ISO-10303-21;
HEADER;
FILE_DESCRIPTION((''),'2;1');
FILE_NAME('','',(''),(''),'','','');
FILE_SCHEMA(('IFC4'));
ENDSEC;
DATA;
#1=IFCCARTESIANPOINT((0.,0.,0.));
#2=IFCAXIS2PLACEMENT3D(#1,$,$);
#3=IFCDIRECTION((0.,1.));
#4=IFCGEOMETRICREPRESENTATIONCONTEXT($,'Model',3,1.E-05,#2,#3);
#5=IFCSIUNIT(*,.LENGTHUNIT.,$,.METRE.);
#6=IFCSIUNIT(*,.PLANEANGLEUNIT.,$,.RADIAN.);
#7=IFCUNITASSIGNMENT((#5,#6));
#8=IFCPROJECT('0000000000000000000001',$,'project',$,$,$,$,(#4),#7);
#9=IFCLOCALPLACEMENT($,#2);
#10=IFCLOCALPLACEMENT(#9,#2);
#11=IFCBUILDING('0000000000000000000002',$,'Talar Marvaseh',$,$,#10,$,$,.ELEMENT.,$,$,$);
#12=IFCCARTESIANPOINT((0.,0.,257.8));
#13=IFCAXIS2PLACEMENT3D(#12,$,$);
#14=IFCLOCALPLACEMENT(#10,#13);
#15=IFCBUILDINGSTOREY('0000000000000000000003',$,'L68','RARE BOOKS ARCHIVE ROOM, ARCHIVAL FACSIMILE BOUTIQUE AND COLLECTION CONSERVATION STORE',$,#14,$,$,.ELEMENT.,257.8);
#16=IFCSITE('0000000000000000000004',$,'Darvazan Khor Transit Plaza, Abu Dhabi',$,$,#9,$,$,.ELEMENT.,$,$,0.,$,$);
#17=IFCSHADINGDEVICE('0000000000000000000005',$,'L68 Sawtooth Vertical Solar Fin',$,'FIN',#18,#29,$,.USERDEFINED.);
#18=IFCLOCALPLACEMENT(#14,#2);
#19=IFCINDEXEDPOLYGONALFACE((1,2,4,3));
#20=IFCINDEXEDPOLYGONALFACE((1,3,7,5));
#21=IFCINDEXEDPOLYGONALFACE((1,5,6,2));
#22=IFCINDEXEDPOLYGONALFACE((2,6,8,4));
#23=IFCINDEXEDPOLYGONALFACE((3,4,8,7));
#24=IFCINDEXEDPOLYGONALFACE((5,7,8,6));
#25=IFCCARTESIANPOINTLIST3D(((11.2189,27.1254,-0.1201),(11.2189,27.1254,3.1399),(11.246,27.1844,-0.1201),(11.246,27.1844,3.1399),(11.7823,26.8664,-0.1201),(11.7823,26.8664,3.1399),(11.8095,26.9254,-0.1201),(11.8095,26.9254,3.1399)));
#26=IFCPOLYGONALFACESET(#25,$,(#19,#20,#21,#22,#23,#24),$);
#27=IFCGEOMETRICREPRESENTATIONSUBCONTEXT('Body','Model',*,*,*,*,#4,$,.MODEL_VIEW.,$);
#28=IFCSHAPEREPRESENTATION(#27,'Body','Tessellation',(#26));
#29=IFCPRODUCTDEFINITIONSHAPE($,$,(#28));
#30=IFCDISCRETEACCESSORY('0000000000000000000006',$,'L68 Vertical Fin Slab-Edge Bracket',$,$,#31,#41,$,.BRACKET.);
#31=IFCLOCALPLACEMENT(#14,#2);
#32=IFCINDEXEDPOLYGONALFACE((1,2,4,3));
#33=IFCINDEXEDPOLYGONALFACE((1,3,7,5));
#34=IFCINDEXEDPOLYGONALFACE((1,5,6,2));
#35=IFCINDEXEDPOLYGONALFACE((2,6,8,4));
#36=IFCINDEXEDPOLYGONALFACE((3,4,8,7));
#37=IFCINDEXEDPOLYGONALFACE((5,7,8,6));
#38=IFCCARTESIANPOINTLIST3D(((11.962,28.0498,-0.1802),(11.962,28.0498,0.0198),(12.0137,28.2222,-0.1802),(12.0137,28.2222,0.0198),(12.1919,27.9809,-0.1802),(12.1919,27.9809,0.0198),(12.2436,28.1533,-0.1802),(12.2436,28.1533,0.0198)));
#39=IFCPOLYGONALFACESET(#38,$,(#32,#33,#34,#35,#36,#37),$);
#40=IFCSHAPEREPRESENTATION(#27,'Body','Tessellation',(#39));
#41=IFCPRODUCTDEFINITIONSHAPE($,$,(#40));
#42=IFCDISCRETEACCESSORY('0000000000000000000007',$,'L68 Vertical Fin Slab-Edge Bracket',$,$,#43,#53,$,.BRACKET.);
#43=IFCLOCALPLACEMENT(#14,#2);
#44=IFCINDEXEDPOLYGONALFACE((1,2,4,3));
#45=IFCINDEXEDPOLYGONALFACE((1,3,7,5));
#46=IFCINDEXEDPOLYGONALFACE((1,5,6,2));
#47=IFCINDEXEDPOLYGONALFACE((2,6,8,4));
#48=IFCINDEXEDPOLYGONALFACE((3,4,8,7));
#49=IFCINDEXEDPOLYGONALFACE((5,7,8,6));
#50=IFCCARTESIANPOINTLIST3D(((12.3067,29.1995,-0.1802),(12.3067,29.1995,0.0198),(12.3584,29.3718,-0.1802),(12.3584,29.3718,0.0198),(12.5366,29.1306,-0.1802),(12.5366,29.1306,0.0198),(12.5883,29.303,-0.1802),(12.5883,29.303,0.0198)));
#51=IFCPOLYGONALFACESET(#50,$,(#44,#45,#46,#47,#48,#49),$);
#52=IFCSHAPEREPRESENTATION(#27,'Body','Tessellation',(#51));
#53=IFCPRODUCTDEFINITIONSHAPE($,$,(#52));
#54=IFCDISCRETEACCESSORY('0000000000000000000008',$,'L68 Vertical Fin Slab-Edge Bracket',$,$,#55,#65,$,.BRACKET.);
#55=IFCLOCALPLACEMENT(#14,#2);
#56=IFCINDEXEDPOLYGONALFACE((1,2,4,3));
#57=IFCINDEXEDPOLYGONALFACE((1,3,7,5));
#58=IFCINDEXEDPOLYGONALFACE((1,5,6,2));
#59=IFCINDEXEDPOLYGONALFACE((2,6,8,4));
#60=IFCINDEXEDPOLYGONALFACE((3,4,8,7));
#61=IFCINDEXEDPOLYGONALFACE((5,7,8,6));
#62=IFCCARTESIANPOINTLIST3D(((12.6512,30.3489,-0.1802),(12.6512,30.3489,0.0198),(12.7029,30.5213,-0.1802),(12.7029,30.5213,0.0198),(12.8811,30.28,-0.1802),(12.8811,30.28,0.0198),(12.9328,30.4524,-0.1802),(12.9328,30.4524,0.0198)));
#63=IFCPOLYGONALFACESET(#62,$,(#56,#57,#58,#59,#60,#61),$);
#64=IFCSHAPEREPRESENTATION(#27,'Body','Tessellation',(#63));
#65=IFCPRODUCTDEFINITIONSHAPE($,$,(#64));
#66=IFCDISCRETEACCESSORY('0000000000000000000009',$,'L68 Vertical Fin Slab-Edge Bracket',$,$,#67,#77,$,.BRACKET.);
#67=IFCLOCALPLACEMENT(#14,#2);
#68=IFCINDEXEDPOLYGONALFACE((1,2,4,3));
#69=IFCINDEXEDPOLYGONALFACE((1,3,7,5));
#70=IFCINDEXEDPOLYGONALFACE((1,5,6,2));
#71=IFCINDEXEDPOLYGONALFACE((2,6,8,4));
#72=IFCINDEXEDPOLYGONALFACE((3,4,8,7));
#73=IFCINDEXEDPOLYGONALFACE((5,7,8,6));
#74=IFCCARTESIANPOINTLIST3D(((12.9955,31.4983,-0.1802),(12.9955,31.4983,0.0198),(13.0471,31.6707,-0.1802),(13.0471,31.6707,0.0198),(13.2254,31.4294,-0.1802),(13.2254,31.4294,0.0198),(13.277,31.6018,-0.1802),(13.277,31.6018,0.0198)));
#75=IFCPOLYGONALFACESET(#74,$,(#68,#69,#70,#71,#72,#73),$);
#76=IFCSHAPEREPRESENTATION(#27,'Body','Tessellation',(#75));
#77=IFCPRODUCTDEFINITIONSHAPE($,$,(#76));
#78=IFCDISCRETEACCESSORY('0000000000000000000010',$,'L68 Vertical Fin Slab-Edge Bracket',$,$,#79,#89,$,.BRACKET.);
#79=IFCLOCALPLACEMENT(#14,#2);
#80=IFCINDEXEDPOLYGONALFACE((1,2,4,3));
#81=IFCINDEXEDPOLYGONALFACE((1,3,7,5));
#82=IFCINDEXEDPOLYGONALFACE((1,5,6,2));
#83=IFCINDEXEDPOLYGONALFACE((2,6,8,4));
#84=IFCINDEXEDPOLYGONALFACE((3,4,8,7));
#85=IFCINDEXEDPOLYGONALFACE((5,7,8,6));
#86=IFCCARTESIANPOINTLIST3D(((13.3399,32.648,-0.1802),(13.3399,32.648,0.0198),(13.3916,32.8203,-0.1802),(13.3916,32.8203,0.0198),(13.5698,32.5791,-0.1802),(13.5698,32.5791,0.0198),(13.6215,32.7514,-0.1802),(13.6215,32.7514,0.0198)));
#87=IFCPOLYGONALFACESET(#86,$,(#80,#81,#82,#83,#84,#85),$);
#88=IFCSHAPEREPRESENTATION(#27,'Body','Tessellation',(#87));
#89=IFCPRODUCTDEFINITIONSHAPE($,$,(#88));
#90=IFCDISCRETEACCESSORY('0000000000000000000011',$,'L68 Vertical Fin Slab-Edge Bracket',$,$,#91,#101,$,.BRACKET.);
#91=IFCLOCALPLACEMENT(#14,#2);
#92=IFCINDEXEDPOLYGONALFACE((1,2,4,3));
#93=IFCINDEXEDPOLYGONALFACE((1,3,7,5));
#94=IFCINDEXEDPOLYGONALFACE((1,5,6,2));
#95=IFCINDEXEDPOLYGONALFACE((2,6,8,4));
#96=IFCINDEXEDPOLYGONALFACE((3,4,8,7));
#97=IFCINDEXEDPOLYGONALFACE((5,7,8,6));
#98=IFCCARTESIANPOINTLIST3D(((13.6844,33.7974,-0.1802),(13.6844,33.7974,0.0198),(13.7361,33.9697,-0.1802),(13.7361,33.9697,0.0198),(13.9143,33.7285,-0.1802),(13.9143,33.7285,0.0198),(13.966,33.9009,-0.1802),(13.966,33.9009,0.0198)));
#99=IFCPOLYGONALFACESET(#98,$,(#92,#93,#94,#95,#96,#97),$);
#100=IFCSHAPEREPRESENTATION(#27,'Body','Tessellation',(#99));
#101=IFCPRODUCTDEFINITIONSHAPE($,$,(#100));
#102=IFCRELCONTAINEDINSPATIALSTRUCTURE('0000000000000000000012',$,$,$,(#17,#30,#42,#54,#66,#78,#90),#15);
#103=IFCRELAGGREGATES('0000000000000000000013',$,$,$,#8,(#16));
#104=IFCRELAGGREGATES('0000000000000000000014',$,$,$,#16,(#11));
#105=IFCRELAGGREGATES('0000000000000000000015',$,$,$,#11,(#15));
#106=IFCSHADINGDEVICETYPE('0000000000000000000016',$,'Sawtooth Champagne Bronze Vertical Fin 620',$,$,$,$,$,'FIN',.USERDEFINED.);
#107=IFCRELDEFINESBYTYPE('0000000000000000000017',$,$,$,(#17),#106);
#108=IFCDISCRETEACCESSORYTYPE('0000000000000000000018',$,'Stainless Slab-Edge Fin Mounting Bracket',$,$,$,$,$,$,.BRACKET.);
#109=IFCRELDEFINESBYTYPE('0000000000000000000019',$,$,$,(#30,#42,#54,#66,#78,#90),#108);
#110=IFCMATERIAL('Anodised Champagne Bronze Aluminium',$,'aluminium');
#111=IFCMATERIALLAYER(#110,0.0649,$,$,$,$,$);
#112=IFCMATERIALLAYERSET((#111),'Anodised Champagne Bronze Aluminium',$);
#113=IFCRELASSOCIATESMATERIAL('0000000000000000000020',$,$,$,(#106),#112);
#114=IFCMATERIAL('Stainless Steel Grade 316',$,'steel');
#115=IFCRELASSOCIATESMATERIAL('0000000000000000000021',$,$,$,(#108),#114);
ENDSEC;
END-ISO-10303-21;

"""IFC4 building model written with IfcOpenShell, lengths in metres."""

from ifc_helpers import new_model, si_unit, direction, frame, origin, origin_2d, place, context, subcontext, project, spatial, rectangle, extrude, source, transform, mapped, material, layer, layer_set, type_object, type_shapes, element, save


model = new_model("IFC4")

# Units and contexts
model_context = context("Model", 3, precision=1e-05, world=origin(), true_north=direction((0.0, 1.0)))
body_context = subcontext(model_context, "Body", "Model", "MODEL_VIEW")
ifc_project = project(units=[si_unit("LENGTHUNIT", "METRE"), si_unit("PLANEANGLEUNIT", "RADIAN")], contexts=[model_context])

# Site, building, storey
site_placement = place(None, origin())
site = spatial("IfcSite", under=ifc_project, at=site_placement, Name="Darvazan Khor Transit Plaza, Abu Dhabi", CompositionType="ELEMENT", RefElevation=0.0)
building_placement = place(site_placement, origin())
building = spatial("IfcBuilding", under=site, at=building_placement, Name="Talar Marvaseh", CompositionType="ELEMENT")
storey_placement = place(building_placement, frame((0.0, 0.0, 257.8)))
storey = spatial("IfcBuildingStorey", under=building, at=storey_placement, Name="L68", Description="RARE BOOKS ARCHIVE ROOM, ARCHIVAL FACSIMILE BOUTIQUE AND COLLECTION CONSERVATION STORE", CompositionType="ELEMENT", Elevation=257.8)

# Shared definitions
ifc_material_1 = material(Name="Stainless Steel Grade 316", Category="steel")

# Shading device
ifc_material_2 = material(Name="Anodised Champagne Bronze Aluminium", Category="aluminium")
ifc_layer_1 = layer(ifc_material_2, 0.0649)
ifc_layer_set_1 = layer_set([ifc_layer_1], Name="Anodised Champagne Bronze Aluminium")
shading_device_type_1 = type_object("IfcShadingDeviceType", Name="Sawtooth Champagne Bronze Vertical Fin 620", ElementType="FIN", PredefinedType="USERDEFINED", material=ifc_layer_set_1)
shared_shape_1 = source(origin(), body_context, "Body", "SweptSolid", [
    extrude(rectangle(XDim=0.6201, YDim=0.0649, at=origin_2d()), origin(), (0.0, 0.0, 1.0), 3.26),
])
type_shapes(shading_device_type_1, [shared_shape_1])
shading_device_1_placement = place(storey_placement, frame((11.5142, 27.0254, -0.1201), z_axis=(0.0, 0.0, 1.0), x_axis=(-0.908654, 0.41755, 0.0)))
element("IfcShadingDevice", 1, at=shading_device_1_placement, inside=storey, type_object=shading_device_type_1, Name="L68 Sawtooth Vertical Solar Fin", ObjectType="FIN", PredefinedType="USERDEFINED", context=body_context, shape_type="MappedRepresentation", body=[
    mapped(shared_shape_1, transform((0.0, 0.0, 0.0), x_axis=(1.0, 0.0, 0.0), y_axis=(0.0, 1.0, 0.0), z_axis=(0.0, 0.0, 1.0), scale=1.0)),
])

# Discrete accessories
discrete_accessory_type = type_object("IfcDiscreteAccessoryType", Name="Stainless Slab-Edge Fin Mounting Bracket", PredefinedType="BRACKET", material=ifc_material_1)
shared_shape_2 = source(origin(), body_context, "Body", "SweptSolid", [
    extrude(rectangle(XDim=0.24, YDim=0.1799, at=origin_2d()), origin(), (0.0, 0.0, 1.0), 0.2),
])
type_shapes(discrete_accessory_type, [shared_shape_2])
for number, where, z_axis, x_axis, name in (
    (2, (12.1028, 28.1016, -0.1802), (0.0, 0.0, 1.0), (-0.957923, 0.287026, 0.0), "L68 Vertical Fin Slab-Edge Bracket"),
    (3, (12.4475, 29.2512, -0.1802), (0.0, 0.0, 1.0), (-0.957923, 0.287026, 0.0), "L68 Vertical Fin Slab-Edge Bracket"),
    (4, (12.792, 30.4006, -0.1802), (0.0, 0.0, 1.0), (-0.957923, 0.287026, 0.0), "L68 Vertical Fin Slab-Edge Bracket"),
    (5, (13.1362, 31.55, -0.1802), (0.0, 0.0, 1.0), (-0.957923, 0.287026, 0.0), "L68 Vertical Fin Slab-Edge Bracket"),
    (6, (13.4807, 32.6997, -0.1802), (0.0, 0.0, 1.0), (-0.957923, 0.287026, 0.0), "L68 Vertical Fin Slab-Edge Bracket"),
    (7, (13.8252, 33.8491, -0.1802), (0.0, 0.0, 1.0), (-0.957923, 0.287026, 0.0), "L68 Vertical Fin Slab-Edge Bracket"),
):
    element("IfcDiscreteAccessory", number, at=place(storey_placement, frame(where, z_axis=z_axis, x_axis=x_axis)), inside=storey, type_object=discrete_accessory_type, Name=name, PredefinedType="BRACKET", context=body_context, shape_type="MappedRepresentation", body=[
        mapped(shared_shape_2, transform((0.0, 0.0, 0.0), x_axis=(1.0, 0.0, 0.0), y_axis=(0.0, 1.0, 0.0), z_axis=(0.0, 0.0, 1.0), scale=1.0)),
    ])

save(model, "model.ifc")
